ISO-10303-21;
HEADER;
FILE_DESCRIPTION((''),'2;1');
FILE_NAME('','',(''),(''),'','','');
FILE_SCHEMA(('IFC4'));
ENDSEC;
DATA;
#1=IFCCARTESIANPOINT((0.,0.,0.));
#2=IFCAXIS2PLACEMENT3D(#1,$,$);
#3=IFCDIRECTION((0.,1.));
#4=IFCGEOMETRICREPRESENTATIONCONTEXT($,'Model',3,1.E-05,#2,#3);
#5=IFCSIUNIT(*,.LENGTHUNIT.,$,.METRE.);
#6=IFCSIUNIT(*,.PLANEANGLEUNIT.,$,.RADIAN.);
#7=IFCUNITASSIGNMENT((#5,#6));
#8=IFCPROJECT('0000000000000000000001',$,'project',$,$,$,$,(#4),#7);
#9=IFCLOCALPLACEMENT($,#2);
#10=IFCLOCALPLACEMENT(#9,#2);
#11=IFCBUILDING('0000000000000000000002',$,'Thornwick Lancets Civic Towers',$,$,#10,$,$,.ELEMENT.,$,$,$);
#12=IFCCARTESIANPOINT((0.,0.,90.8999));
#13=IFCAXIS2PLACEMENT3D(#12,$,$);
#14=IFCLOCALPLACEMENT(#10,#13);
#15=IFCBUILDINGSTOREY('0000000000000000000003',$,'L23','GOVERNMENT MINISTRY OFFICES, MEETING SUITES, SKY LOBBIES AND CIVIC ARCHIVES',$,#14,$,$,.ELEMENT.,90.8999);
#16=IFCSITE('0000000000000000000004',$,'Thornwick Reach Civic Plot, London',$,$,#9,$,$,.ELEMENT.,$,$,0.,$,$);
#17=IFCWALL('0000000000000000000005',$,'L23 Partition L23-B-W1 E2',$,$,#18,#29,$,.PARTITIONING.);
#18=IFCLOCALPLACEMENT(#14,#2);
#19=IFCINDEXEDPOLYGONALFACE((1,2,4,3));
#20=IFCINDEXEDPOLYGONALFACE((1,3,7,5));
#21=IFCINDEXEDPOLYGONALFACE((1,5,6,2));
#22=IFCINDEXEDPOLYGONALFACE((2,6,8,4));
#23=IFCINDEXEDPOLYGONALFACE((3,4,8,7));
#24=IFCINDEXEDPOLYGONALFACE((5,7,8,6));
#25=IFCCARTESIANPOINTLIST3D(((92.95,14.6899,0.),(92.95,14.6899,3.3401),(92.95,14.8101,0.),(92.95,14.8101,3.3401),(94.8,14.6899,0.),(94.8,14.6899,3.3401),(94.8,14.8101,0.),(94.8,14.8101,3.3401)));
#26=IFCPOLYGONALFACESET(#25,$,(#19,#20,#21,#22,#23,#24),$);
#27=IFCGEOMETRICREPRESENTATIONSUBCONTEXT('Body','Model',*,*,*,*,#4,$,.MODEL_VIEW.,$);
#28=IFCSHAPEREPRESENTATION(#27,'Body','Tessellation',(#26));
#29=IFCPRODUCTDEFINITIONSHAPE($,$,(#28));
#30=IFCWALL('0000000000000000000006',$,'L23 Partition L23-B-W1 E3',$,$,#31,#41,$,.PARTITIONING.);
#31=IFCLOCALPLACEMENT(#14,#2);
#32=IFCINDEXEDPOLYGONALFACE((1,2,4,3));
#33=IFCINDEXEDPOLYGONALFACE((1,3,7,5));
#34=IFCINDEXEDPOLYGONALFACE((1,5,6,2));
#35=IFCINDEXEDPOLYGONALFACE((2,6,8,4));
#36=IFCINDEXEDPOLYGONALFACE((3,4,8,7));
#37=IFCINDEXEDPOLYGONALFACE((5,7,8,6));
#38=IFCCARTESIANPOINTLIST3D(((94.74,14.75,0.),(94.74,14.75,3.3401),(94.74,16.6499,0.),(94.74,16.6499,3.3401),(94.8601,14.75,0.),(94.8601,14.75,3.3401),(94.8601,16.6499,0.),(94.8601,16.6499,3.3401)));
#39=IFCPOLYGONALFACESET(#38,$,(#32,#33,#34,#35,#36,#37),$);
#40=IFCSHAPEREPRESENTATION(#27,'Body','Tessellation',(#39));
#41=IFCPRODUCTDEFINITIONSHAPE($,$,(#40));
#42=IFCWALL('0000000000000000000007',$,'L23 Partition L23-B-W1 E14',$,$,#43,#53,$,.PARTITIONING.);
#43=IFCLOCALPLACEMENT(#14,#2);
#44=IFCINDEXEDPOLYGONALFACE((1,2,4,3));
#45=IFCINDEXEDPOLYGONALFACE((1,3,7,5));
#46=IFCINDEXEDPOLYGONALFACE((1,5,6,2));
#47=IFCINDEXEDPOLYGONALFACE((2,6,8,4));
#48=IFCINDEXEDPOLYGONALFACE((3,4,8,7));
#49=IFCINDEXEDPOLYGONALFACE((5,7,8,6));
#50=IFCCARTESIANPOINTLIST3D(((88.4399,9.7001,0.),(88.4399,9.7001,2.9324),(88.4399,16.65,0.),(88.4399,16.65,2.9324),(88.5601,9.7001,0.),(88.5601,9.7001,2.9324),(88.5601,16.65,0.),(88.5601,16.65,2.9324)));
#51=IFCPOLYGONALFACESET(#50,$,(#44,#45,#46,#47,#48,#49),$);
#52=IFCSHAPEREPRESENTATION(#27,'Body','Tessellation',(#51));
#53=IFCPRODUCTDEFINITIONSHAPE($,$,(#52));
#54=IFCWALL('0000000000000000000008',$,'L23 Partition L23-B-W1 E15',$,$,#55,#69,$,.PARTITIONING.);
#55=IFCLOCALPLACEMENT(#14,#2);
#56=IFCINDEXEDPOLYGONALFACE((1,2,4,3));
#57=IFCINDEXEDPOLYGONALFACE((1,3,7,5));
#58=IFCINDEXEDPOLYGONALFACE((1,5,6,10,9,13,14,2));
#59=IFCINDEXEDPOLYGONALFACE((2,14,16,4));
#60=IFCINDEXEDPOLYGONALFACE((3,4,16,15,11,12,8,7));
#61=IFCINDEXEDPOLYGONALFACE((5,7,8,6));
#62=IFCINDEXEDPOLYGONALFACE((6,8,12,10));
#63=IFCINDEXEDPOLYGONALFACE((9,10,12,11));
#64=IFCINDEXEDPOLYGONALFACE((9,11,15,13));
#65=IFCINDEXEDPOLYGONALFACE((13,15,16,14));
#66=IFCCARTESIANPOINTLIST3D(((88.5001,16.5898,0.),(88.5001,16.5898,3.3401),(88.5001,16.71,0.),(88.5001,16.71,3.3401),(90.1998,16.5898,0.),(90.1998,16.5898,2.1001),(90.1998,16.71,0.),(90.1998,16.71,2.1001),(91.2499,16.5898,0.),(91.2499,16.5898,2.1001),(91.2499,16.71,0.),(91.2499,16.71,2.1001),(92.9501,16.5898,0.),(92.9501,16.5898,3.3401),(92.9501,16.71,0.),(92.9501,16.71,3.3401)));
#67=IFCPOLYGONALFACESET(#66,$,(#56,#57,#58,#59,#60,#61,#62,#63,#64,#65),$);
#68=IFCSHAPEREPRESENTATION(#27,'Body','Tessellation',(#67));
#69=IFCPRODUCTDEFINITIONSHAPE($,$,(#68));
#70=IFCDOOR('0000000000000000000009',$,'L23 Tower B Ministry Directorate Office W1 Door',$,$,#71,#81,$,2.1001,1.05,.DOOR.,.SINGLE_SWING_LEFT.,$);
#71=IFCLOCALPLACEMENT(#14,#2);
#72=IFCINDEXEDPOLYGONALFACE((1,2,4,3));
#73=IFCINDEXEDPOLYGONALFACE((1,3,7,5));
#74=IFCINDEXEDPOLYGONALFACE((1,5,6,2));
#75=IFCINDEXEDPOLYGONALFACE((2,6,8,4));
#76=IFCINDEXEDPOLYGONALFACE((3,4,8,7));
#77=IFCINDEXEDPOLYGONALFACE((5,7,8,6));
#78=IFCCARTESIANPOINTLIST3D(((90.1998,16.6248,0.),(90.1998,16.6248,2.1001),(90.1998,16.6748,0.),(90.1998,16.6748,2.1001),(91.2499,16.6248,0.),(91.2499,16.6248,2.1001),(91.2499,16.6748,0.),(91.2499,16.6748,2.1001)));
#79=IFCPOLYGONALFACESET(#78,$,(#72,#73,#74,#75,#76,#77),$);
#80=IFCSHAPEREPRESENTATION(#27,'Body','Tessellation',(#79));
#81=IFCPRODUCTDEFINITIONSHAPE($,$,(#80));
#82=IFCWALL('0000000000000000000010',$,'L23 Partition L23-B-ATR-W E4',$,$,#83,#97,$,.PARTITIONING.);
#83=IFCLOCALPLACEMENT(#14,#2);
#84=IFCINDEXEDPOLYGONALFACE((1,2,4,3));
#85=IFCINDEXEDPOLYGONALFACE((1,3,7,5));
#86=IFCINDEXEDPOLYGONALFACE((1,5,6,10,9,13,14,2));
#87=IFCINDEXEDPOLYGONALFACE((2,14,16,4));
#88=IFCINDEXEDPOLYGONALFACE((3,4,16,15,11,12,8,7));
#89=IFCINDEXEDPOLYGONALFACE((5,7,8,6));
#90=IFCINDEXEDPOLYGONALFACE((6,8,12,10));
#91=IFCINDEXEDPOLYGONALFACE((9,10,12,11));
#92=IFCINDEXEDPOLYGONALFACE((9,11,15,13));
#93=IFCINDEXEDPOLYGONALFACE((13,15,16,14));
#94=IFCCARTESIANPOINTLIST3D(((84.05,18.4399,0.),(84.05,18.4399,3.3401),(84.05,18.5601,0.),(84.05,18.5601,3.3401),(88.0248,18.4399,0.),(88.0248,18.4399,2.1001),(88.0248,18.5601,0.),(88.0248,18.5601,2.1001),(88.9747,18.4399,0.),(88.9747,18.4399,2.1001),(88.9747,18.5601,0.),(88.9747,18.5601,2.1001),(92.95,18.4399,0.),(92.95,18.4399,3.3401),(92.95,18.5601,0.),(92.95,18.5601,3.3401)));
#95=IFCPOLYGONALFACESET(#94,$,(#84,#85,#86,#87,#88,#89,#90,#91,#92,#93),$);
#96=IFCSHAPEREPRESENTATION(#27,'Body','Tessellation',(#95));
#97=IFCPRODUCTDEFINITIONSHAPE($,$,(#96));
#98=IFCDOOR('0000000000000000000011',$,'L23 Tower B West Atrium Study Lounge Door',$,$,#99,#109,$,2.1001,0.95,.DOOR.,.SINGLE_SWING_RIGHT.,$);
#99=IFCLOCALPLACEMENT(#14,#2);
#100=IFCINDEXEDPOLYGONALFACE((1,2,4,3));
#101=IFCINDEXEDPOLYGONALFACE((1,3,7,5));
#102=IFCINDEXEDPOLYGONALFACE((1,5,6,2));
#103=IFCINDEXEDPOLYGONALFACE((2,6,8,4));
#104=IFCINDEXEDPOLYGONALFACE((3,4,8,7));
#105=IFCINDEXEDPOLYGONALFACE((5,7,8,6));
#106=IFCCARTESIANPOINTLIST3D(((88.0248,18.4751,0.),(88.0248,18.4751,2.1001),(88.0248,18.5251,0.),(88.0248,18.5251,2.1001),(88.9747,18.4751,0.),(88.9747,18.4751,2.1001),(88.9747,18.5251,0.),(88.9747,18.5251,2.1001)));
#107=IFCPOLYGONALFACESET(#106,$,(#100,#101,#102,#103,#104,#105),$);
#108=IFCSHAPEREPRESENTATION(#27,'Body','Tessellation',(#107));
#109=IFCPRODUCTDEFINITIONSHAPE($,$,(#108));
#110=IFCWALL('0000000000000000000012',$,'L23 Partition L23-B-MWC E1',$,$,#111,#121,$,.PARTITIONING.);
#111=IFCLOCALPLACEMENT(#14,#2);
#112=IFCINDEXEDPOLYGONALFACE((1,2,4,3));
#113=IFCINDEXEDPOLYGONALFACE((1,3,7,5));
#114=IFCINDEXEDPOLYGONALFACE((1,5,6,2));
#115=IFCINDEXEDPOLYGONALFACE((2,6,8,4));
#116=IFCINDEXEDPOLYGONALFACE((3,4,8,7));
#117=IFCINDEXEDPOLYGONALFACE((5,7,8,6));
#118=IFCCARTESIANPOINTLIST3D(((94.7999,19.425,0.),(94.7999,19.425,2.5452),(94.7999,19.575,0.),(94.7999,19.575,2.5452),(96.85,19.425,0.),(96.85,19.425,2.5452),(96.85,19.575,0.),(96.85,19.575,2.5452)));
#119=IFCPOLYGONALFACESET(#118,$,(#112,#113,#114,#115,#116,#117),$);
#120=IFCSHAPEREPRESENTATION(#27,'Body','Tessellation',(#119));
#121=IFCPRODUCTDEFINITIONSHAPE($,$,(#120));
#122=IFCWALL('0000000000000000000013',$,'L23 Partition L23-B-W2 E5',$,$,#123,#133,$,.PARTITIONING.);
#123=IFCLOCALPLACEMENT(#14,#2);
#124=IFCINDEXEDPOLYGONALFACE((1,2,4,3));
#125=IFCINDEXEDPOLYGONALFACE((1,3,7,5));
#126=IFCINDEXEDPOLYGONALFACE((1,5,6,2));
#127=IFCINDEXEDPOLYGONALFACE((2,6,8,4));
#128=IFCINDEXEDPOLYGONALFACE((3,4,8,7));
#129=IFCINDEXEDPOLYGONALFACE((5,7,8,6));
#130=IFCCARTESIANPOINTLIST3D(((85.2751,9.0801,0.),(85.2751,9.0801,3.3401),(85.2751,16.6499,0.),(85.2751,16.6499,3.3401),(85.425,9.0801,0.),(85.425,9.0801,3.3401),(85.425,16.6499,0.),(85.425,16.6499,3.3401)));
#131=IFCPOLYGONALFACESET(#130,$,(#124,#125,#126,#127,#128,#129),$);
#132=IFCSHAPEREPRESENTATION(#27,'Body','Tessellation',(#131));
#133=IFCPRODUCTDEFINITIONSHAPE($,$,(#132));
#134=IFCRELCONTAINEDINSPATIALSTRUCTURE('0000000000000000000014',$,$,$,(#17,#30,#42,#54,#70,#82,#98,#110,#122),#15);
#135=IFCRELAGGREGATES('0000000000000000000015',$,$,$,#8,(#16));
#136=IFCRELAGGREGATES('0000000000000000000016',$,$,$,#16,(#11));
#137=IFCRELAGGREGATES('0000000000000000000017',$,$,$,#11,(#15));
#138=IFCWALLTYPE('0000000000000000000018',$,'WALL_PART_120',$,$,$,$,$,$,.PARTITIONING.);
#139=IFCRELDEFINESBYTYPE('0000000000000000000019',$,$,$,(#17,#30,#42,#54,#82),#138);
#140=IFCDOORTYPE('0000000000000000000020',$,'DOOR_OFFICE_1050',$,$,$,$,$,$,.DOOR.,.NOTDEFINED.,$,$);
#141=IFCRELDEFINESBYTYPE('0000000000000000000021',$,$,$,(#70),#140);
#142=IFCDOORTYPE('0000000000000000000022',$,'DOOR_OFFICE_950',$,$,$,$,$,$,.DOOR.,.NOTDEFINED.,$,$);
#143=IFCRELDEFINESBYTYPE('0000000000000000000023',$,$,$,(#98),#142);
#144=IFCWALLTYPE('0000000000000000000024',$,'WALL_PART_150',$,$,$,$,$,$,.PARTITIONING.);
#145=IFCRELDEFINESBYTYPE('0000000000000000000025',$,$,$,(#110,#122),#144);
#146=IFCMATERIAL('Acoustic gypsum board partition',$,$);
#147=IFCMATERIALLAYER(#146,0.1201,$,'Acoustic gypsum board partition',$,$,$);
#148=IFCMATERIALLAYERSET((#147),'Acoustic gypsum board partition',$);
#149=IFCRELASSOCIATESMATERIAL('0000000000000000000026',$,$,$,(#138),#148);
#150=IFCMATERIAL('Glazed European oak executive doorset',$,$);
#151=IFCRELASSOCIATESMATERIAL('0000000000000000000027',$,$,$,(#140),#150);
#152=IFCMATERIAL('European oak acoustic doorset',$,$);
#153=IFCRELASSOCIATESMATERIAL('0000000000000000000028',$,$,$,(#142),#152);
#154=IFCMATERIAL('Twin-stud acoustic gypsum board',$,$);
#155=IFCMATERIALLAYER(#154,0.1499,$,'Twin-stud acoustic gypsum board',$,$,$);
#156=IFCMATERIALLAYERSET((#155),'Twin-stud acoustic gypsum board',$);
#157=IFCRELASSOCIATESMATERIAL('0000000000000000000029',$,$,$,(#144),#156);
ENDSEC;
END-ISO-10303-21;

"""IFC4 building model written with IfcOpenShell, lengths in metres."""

from ifc_helpers import new_model, si_unit, direction, frame, frame_2d, origin, place, context, subcontext, project, spatial, rectangle, extrude, material, layer, layer_set, type_object, element, fill, save


model = new_model("IFC4")

# Units and contexts
model_context = context("Model", 3, precision=1e-05, world=origin(), true_north=direction((0.0, 1.0)))
body_context = subcontext(model_context, "Body", "Model", "MODEL_VIEW")
ifc_project = project(units=[si_unit("LENGTHUNIT", "METRE"), si_unit("PLANEANGLEUNIT", "RADIAN")], contexts=[model_context])

# Site, building, storey
site_placement = place(None, origin())
site = spatial("IfcSite", under=ifc_project, at=site_placement, Name="Thornwick Reach Civic Plot, London", CompositionType="ELEMENT", RefElevation=0.0)
building_placement = place(site_placement, origin())
building = spatial("IfcBuilding", under=site, at=building_placement, Name="Thornwick Lancets Civic Towers", CompositionType="ELEMENT")
storey_placement = place(building_placement, frame((0.0, 0.0, 90.8999)))
storey = spatial("IfcBuildingStorey", under=building, at=storey_placement, Name="L23", Description="GOVERNMENT MINISTRY OFFICES, MEETING SUITES, SKY LOBBIES AND CIVIC ARCHIVES", CompositionType="ELEMENT", Elevation=90.8999)

# Walls
ifc_material_1 = material(Name="Acoustic gypsum board partition")
ifc_layer_1 = layer(ifc_material_1, 0.1201, Name="Acoustic gypsum board partition")
ifc_layer_set_1 = layer_set([ifc_layer_1], Name="Acoustic gypsum board partition")
wall_type_1 = type_object("IfcWallType", Name="WALL_PART_120", PredefinedType="PARTITIONING", material=ifc_layer_set_1)
wall_1_placement = place(storey_placement, frame((92.95, 14.75, 0.0), z_axis=(0.0, 0.0, 1.0), x_axis=(1.0, 0.0, 0.0)))
element("IfcWall", 1, at=wall_1_placement, inside=storey, type_object=wall_type_1, Name="L23 Partition L23-B-W1 E2", PredefinedType="PARTITIONING", context=body_context, shape_type="SweptSolid", body=[
    extrude(rectangle(XDim=1.8501, YDim=0.1201, at=frame_2d((0.925, 0.0))), origin(), (0.0, 0.0, 1.0), 3.3401),
])
wall_2_placement = place(storey_placement, frame((94.8, 14.75, 0.0), z_axis=(0.0, 0.0, 1.0), x_axis=(0.0, 1.0, 0.0)))
element("IfcWall", 2, at=wall_2_placement, inside=storey, type_object=wall_type_1, Name="L23 Partition L23-B-W1 E3", PredefinedType="PARTITIONING", context=body_context, shape_type="SweptSolid", body=[
    extrude(rectangle(XDim=1.8999, YDim=0.1201, at=frame_2d((0.95, 0.0))), origin(), (0.0, 0.0, 1.0), 3.3401),
])
wall_3_placement = place(storey_placement, frame((88.5, 9.7, 0.0), z_axis=(0.0, 0.0, 1.0), x_axis=(0.0, 1.0, 0.0)))
element("IfcWall", 3, at=wall_3_placement, inside=storey, type_object=wall_type_1, Name="L23 Partition L23-B-W1 E14", PredefinedType="PARTITIONING", context=body_context, shape_type="SweptSolid", body=[
    extrude(rectangle(XDim=6.95, YDim=0.1201, at=frame_2d((3.4751, 0.0))), origin(), (0.0, 0.0, 1.0), 2.9324),
])

# Walls, openings, doors
wall_4_placement = place(storey_placement, frame((88.5, 16.6499, 0.0), z_axis=(0.0, 0.0, 1.0), x_axis=(1.0, 0.0, 0.0)))
wall_4 = element("IfcWall", 4, at=wall_4_placement, inside=storey, type_object=wall_type_1, Name="L23 Partition L23-B-W1 E15", PredefinedType="PARTITIONING", context=body_context, shape_type="SweptSolid", body=[
    extrude(rectangle(XDim=4.45, YDim=0.1201, at=frame_2d((2.2251, 0.0))), origin(), (0.0, 0.0, 1.0), 3.3401),
])
opening_1_placement = place(wall_4_placement, frame((1.7, 0.0, 0.0)))
opening_1 = element("IfcOpeningElement", 5, at=opening_1_placement, cuts=wall_4, PredefinedType="OPENING", context=body_context, shape_type="SweptSolid", body=[
    extrude(rectangle(XDim=1.05, YDim=2.1001, at=frame_2d((0.5249, 1.05))), frame((0.0, 0.0701, 0.0), z_axis=(0.0, -1.0, 0.0), x_axis=(1.0, 0.0, 0.0)), (0.0, 0.0, 1.0), 0.1401),
])
ifc_material_2 = material(Name="Glazed European oak executive doorset")
door_type_1 = type_object("IfcDoorType", Name="DOOR_OFFICE_1050", OperationType="NOTDEFINED", PredefinedType="DOOR", material=ifc_material_2)
door_1_placement = place(opening_1_placement, origin())
door_1 = element("IfcDoor", 6, at=door_1_placement, inside=storey, type_object=door_type_1, Name="L23 Tower B Ministry Directorate Office W1 Door", OperationType="SINGLE_SWING_LEFT", OverallHeight=2.1001, OverallWidth=1.05, PredefinedType="DOOR", context=body_context, shape_type="SweptSolid", body=[
    extrude(rectangle(XDim=1.05, YDim=2.1001, at=frame_2d((0.5249, 1.05))), frame((0.0, 0.0249, 0.0), z_axis=(0.0, -1.0, 0.0), x_axis=(1.0, 0.0, 0.0)), (0.0, 0.0, 1.0), 0.05),
])
fill(opening_1, door_1)
wall_5_placement = place(storey_placement, frame((92.95, 18.5, 0.0), z_axis=(0.0, 0.0, 1.0), x_axis=(-1.0, 0.0, 0.0)))
wall_5 = element("IfcWall", 7, at=wall_5_placement, inside=storey, type_object=wall_type_1, Name="L23 Partition L23-B-ATR-W E4", PredefinedType="PARTITIONING", context=body_context, shape_type="SweptSolid", body=[
    extrude(rectangle(XDim=8.8999, YDim=0.1201, at=frame_2d((4.45, 0.0))), origin(), (0.0, 0.0, 1.0), 3.3401),
])
opening_2_placement = place(wall_5_placement, frame((3.9751, 0.0, 0.0)))
opening_2 = element("IfcOpeningElement", 8, at=opening_2_placement, cuts=wall_5, PredefinedType="OPENING", context=body_context, shape_type="SweptSolid", body=[
    extrude(rectangle(XDim=0.95, YDim=2.1001, at=frame_2d((0.4751, 1.05))), frame((0.0, 0.0701, 0.0), z_axis=(0.0, -1.0, 0.0), x_axis=(1.0, 0.0, 0.0)), (0.0, 0.0, 1.0), 0.1401),
])
ifc_material_3 = material(Name="European oak acoustic doorset")
door_type_2 = type_object("IfcDoorType", Name="DOOR_OFFICE_950", OperationType="NOTDEFINED", PredefinedType="DOOR", material=ifc_material_3)
door_2_placement = place(opening_2_placement, origin())
door_2 = element("IfcDoor", 9, at=door_2_placement, inside=storey, type_object=door_type_2, Name="L23 Tower B West Atrium Study Lounge Door", OperationType="SINGLE_SWING_RIGHT", OverallHeight=2.1001, OverallWidth=0.95, PredefinedType="DOOR", context=body_context, shape_type="SweptSolid", body=[
    extrude(rectangle(XDim=0.95, YDim=2.1001, at=frame_2d((0.4751, 1.05))), frame((0.0, 0.0249, 0.0), z_axis=(0.0, -1.0, 0.0), x_axis=(1.0, 0.0, 0.0)), (0.0, 0.0, 1.0), 0.05),
])
fill(opening_2, door_2)

# Walls
ifc_material_4 = material(Name="Twin-stud acoustic gypsum board")
ifc_layer_2 = layer(ifc_material_4, 0.1499, Name="Twin-stud acoustic gypsum board")
ifc_layer_set_2 = layer_set([ifc_layer_2], Name="Twin-stud acoustic gypsum board")
wall_type_2 = type_object("IfcWallType", Name="WALL_PART_150", PredefinedType="PARTITIONING", material=ifc_layer_set_2)
wall_6_placement = place(storey_placement, frame((94.8, 19.5, 0.0), z_axis=(0.0, 0.0, 1.0), x_axis=(1.0, 0.0, 0.0)))
element("IfcWall", 10, at=wall_6_placement, inside=storey, type_object=wall_type_2, Name="L23 Partition L23-B-MWC E1", PredefinedType="PARTITIONING", context=body_context, shape_type="SweptSolid", body=[
    extrude(rectangle(XDim=2.05, YDim=0.1499, at=frame_2d((1.0249, 0.0))), origin(), (0.0, 0.0, 1.0), 2.5452),
])
wall_7_placement = place(storey_placement, frame((85.3501, 9.0801, 0.0), z_axis=(0.0, 0.0, 1.0), x_axis=(0.0, 1.0, 0.0)))
element("IfcWall", 11, at=wall_7_placement, inside=storey, type_object=wall_type_2, Name="L23 Partition L23-B-W2 E5", PredefinedType="PARTITIONING", context=body_context, shape_type="SweptSolid", body=[
    extrude(rectangle(XDim=7.5698, YDim=0.1499, at=frame_2d((3.7849, 0.0))), origin(), (0.0, 0.0, 1.0), 3.3401),
])

save(model, "model.ifc")
